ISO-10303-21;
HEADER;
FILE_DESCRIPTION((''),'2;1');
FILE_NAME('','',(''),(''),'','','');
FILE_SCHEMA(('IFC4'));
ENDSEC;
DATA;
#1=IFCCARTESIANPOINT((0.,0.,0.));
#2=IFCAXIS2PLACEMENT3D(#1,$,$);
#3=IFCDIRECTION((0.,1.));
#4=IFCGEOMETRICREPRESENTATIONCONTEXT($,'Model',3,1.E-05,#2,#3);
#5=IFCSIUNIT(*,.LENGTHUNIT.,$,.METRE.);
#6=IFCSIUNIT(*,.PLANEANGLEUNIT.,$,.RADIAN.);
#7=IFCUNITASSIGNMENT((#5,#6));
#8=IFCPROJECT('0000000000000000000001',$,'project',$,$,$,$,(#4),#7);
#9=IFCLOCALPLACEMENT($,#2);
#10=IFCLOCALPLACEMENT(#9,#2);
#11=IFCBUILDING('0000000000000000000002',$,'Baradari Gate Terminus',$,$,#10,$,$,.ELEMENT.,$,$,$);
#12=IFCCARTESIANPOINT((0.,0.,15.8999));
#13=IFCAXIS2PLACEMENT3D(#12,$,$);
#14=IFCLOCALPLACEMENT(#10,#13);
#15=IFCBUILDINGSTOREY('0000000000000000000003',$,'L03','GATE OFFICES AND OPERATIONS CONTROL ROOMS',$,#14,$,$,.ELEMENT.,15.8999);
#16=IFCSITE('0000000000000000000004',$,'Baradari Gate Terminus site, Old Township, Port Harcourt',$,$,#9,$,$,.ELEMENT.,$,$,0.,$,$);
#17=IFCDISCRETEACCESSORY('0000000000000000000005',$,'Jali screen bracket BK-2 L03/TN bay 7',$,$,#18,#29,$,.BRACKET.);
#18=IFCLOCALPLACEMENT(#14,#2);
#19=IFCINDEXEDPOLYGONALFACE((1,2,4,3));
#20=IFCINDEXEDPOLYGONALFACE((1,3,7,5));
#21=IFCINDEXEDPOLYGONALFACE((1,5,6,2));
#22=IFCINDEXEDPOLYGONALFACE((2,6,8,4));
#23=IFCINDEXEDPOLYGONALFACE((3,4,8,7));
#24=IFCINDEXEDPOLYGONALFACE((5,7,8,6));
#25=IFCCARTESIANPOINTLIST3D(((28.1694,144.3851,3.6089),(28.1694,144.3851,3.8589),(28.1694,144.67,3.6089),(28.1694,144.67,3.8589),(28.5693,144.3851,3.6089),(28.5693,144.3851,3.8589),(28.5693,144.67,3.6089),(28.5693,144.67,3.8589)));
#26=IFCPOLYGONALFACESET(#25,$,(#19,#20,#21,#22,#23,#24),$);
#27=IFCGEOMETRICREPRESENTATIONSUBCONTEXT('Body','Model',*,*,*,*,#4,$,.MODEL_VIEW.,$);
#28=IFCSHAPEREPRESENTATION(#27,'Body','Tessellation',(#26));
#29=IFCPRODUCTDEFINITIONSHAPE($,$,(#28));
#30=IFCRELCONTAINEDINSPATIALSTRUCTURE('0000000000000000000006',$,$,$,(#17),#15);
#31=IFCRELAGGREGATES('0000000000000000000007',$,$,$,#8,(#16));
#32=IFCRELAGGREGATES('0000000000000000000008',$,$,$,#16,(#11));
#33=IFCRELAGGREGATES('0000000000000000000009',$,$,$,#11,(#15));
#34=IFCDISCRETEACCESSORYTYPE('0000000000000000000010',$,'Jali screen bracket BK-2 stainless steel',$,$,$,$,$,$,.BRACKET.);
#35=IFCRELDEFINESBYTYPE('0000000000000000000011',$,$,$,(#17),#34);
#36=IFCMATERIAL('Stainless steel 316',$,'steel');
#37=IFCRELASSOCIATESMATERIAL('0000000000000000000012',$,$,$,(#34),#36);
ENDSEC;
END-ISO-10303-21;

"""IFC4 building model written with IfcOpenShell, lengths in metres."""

from ifc_helpers import new_model, si_unit, direction, frame, origin, origin_2d, place, context, subcontext, project, spatial, rectangle, extrude, material, type_object, element, save


model = new_model("IFC4")

# Units and contexts
model_context = context("Model", 3, precision=1e-05, world=origin(), true_north=direction((0.0, 1.0)))
body_context = subcontext(model_context, "Body", "Model", "MODEL_VIEW")
ifc_project = project(units=[si_unit("LENGTHUNIT", "METRE"), si_unit("PLANEANGLEUNIT", "RADIAN")], contexts=[model_context])

# Site, building, storey
site_placement = place(None, origin())
site = spatial("IfcSite", under=ifc_project, at=site_placement, Name="Baradari Gate Terminus site, Old Township, Port Harcourt", CompositionType="ELEMENT", RefElevation=0.0)
building_placement = place(site_placement, origin())
building = spatial("IfcBuilding", under=site, at=building_placement, Name="Baradari Gate Terminus", CompositionType="ELEMENT")
storey_placement = place(building_placement, frame((0.0, 0.0, 15.8999)))
storey = spatial("IfcBuildingStorey", under=building, at=storey_placement, Name="L03", Description="GATE OFFICES AND OPERATIONS CONTROL ROOMS", CompositionType="ELEMENT", Elevation=15.8999)

# Discrete accessory
ifc_material_1 = material(Name="Stainless steel 316", Category="steel")
discrete_accessory_type_1 = type_object("IfcDiscreteAccessoryType", Name="Jali screen bracket BK-2 stainless steel", PredefinedType="BRACKET", material=ifc_material_1)
for number, where, z_axis, x_axis, name in (
    (1, (28.3694, 144.5276, 3.6089), (0.0, 0.0, 1.0), (0.0, 1.0, 0.0), "Jali screen bracket BK-2 L03/TN bay 7"),
):
    element("IfcDiscreteAccessory", number, at=place(storey_placement, frame(where, z_axis=z_axis, x_axis=x_axis)), inside=storey, type_object=discrete_accessory_type_1, Name=name, PredefinedType="BRACKET", context=body_context, shape_type="SweptSolid", body=[
        extrude(rectangle(XDim=0.2849, YDim=0.3999, at=origin_2d()), origin(), (0.0, 0.0, 1.0), 0.25),
    ])

save(model, "model.ifc")
